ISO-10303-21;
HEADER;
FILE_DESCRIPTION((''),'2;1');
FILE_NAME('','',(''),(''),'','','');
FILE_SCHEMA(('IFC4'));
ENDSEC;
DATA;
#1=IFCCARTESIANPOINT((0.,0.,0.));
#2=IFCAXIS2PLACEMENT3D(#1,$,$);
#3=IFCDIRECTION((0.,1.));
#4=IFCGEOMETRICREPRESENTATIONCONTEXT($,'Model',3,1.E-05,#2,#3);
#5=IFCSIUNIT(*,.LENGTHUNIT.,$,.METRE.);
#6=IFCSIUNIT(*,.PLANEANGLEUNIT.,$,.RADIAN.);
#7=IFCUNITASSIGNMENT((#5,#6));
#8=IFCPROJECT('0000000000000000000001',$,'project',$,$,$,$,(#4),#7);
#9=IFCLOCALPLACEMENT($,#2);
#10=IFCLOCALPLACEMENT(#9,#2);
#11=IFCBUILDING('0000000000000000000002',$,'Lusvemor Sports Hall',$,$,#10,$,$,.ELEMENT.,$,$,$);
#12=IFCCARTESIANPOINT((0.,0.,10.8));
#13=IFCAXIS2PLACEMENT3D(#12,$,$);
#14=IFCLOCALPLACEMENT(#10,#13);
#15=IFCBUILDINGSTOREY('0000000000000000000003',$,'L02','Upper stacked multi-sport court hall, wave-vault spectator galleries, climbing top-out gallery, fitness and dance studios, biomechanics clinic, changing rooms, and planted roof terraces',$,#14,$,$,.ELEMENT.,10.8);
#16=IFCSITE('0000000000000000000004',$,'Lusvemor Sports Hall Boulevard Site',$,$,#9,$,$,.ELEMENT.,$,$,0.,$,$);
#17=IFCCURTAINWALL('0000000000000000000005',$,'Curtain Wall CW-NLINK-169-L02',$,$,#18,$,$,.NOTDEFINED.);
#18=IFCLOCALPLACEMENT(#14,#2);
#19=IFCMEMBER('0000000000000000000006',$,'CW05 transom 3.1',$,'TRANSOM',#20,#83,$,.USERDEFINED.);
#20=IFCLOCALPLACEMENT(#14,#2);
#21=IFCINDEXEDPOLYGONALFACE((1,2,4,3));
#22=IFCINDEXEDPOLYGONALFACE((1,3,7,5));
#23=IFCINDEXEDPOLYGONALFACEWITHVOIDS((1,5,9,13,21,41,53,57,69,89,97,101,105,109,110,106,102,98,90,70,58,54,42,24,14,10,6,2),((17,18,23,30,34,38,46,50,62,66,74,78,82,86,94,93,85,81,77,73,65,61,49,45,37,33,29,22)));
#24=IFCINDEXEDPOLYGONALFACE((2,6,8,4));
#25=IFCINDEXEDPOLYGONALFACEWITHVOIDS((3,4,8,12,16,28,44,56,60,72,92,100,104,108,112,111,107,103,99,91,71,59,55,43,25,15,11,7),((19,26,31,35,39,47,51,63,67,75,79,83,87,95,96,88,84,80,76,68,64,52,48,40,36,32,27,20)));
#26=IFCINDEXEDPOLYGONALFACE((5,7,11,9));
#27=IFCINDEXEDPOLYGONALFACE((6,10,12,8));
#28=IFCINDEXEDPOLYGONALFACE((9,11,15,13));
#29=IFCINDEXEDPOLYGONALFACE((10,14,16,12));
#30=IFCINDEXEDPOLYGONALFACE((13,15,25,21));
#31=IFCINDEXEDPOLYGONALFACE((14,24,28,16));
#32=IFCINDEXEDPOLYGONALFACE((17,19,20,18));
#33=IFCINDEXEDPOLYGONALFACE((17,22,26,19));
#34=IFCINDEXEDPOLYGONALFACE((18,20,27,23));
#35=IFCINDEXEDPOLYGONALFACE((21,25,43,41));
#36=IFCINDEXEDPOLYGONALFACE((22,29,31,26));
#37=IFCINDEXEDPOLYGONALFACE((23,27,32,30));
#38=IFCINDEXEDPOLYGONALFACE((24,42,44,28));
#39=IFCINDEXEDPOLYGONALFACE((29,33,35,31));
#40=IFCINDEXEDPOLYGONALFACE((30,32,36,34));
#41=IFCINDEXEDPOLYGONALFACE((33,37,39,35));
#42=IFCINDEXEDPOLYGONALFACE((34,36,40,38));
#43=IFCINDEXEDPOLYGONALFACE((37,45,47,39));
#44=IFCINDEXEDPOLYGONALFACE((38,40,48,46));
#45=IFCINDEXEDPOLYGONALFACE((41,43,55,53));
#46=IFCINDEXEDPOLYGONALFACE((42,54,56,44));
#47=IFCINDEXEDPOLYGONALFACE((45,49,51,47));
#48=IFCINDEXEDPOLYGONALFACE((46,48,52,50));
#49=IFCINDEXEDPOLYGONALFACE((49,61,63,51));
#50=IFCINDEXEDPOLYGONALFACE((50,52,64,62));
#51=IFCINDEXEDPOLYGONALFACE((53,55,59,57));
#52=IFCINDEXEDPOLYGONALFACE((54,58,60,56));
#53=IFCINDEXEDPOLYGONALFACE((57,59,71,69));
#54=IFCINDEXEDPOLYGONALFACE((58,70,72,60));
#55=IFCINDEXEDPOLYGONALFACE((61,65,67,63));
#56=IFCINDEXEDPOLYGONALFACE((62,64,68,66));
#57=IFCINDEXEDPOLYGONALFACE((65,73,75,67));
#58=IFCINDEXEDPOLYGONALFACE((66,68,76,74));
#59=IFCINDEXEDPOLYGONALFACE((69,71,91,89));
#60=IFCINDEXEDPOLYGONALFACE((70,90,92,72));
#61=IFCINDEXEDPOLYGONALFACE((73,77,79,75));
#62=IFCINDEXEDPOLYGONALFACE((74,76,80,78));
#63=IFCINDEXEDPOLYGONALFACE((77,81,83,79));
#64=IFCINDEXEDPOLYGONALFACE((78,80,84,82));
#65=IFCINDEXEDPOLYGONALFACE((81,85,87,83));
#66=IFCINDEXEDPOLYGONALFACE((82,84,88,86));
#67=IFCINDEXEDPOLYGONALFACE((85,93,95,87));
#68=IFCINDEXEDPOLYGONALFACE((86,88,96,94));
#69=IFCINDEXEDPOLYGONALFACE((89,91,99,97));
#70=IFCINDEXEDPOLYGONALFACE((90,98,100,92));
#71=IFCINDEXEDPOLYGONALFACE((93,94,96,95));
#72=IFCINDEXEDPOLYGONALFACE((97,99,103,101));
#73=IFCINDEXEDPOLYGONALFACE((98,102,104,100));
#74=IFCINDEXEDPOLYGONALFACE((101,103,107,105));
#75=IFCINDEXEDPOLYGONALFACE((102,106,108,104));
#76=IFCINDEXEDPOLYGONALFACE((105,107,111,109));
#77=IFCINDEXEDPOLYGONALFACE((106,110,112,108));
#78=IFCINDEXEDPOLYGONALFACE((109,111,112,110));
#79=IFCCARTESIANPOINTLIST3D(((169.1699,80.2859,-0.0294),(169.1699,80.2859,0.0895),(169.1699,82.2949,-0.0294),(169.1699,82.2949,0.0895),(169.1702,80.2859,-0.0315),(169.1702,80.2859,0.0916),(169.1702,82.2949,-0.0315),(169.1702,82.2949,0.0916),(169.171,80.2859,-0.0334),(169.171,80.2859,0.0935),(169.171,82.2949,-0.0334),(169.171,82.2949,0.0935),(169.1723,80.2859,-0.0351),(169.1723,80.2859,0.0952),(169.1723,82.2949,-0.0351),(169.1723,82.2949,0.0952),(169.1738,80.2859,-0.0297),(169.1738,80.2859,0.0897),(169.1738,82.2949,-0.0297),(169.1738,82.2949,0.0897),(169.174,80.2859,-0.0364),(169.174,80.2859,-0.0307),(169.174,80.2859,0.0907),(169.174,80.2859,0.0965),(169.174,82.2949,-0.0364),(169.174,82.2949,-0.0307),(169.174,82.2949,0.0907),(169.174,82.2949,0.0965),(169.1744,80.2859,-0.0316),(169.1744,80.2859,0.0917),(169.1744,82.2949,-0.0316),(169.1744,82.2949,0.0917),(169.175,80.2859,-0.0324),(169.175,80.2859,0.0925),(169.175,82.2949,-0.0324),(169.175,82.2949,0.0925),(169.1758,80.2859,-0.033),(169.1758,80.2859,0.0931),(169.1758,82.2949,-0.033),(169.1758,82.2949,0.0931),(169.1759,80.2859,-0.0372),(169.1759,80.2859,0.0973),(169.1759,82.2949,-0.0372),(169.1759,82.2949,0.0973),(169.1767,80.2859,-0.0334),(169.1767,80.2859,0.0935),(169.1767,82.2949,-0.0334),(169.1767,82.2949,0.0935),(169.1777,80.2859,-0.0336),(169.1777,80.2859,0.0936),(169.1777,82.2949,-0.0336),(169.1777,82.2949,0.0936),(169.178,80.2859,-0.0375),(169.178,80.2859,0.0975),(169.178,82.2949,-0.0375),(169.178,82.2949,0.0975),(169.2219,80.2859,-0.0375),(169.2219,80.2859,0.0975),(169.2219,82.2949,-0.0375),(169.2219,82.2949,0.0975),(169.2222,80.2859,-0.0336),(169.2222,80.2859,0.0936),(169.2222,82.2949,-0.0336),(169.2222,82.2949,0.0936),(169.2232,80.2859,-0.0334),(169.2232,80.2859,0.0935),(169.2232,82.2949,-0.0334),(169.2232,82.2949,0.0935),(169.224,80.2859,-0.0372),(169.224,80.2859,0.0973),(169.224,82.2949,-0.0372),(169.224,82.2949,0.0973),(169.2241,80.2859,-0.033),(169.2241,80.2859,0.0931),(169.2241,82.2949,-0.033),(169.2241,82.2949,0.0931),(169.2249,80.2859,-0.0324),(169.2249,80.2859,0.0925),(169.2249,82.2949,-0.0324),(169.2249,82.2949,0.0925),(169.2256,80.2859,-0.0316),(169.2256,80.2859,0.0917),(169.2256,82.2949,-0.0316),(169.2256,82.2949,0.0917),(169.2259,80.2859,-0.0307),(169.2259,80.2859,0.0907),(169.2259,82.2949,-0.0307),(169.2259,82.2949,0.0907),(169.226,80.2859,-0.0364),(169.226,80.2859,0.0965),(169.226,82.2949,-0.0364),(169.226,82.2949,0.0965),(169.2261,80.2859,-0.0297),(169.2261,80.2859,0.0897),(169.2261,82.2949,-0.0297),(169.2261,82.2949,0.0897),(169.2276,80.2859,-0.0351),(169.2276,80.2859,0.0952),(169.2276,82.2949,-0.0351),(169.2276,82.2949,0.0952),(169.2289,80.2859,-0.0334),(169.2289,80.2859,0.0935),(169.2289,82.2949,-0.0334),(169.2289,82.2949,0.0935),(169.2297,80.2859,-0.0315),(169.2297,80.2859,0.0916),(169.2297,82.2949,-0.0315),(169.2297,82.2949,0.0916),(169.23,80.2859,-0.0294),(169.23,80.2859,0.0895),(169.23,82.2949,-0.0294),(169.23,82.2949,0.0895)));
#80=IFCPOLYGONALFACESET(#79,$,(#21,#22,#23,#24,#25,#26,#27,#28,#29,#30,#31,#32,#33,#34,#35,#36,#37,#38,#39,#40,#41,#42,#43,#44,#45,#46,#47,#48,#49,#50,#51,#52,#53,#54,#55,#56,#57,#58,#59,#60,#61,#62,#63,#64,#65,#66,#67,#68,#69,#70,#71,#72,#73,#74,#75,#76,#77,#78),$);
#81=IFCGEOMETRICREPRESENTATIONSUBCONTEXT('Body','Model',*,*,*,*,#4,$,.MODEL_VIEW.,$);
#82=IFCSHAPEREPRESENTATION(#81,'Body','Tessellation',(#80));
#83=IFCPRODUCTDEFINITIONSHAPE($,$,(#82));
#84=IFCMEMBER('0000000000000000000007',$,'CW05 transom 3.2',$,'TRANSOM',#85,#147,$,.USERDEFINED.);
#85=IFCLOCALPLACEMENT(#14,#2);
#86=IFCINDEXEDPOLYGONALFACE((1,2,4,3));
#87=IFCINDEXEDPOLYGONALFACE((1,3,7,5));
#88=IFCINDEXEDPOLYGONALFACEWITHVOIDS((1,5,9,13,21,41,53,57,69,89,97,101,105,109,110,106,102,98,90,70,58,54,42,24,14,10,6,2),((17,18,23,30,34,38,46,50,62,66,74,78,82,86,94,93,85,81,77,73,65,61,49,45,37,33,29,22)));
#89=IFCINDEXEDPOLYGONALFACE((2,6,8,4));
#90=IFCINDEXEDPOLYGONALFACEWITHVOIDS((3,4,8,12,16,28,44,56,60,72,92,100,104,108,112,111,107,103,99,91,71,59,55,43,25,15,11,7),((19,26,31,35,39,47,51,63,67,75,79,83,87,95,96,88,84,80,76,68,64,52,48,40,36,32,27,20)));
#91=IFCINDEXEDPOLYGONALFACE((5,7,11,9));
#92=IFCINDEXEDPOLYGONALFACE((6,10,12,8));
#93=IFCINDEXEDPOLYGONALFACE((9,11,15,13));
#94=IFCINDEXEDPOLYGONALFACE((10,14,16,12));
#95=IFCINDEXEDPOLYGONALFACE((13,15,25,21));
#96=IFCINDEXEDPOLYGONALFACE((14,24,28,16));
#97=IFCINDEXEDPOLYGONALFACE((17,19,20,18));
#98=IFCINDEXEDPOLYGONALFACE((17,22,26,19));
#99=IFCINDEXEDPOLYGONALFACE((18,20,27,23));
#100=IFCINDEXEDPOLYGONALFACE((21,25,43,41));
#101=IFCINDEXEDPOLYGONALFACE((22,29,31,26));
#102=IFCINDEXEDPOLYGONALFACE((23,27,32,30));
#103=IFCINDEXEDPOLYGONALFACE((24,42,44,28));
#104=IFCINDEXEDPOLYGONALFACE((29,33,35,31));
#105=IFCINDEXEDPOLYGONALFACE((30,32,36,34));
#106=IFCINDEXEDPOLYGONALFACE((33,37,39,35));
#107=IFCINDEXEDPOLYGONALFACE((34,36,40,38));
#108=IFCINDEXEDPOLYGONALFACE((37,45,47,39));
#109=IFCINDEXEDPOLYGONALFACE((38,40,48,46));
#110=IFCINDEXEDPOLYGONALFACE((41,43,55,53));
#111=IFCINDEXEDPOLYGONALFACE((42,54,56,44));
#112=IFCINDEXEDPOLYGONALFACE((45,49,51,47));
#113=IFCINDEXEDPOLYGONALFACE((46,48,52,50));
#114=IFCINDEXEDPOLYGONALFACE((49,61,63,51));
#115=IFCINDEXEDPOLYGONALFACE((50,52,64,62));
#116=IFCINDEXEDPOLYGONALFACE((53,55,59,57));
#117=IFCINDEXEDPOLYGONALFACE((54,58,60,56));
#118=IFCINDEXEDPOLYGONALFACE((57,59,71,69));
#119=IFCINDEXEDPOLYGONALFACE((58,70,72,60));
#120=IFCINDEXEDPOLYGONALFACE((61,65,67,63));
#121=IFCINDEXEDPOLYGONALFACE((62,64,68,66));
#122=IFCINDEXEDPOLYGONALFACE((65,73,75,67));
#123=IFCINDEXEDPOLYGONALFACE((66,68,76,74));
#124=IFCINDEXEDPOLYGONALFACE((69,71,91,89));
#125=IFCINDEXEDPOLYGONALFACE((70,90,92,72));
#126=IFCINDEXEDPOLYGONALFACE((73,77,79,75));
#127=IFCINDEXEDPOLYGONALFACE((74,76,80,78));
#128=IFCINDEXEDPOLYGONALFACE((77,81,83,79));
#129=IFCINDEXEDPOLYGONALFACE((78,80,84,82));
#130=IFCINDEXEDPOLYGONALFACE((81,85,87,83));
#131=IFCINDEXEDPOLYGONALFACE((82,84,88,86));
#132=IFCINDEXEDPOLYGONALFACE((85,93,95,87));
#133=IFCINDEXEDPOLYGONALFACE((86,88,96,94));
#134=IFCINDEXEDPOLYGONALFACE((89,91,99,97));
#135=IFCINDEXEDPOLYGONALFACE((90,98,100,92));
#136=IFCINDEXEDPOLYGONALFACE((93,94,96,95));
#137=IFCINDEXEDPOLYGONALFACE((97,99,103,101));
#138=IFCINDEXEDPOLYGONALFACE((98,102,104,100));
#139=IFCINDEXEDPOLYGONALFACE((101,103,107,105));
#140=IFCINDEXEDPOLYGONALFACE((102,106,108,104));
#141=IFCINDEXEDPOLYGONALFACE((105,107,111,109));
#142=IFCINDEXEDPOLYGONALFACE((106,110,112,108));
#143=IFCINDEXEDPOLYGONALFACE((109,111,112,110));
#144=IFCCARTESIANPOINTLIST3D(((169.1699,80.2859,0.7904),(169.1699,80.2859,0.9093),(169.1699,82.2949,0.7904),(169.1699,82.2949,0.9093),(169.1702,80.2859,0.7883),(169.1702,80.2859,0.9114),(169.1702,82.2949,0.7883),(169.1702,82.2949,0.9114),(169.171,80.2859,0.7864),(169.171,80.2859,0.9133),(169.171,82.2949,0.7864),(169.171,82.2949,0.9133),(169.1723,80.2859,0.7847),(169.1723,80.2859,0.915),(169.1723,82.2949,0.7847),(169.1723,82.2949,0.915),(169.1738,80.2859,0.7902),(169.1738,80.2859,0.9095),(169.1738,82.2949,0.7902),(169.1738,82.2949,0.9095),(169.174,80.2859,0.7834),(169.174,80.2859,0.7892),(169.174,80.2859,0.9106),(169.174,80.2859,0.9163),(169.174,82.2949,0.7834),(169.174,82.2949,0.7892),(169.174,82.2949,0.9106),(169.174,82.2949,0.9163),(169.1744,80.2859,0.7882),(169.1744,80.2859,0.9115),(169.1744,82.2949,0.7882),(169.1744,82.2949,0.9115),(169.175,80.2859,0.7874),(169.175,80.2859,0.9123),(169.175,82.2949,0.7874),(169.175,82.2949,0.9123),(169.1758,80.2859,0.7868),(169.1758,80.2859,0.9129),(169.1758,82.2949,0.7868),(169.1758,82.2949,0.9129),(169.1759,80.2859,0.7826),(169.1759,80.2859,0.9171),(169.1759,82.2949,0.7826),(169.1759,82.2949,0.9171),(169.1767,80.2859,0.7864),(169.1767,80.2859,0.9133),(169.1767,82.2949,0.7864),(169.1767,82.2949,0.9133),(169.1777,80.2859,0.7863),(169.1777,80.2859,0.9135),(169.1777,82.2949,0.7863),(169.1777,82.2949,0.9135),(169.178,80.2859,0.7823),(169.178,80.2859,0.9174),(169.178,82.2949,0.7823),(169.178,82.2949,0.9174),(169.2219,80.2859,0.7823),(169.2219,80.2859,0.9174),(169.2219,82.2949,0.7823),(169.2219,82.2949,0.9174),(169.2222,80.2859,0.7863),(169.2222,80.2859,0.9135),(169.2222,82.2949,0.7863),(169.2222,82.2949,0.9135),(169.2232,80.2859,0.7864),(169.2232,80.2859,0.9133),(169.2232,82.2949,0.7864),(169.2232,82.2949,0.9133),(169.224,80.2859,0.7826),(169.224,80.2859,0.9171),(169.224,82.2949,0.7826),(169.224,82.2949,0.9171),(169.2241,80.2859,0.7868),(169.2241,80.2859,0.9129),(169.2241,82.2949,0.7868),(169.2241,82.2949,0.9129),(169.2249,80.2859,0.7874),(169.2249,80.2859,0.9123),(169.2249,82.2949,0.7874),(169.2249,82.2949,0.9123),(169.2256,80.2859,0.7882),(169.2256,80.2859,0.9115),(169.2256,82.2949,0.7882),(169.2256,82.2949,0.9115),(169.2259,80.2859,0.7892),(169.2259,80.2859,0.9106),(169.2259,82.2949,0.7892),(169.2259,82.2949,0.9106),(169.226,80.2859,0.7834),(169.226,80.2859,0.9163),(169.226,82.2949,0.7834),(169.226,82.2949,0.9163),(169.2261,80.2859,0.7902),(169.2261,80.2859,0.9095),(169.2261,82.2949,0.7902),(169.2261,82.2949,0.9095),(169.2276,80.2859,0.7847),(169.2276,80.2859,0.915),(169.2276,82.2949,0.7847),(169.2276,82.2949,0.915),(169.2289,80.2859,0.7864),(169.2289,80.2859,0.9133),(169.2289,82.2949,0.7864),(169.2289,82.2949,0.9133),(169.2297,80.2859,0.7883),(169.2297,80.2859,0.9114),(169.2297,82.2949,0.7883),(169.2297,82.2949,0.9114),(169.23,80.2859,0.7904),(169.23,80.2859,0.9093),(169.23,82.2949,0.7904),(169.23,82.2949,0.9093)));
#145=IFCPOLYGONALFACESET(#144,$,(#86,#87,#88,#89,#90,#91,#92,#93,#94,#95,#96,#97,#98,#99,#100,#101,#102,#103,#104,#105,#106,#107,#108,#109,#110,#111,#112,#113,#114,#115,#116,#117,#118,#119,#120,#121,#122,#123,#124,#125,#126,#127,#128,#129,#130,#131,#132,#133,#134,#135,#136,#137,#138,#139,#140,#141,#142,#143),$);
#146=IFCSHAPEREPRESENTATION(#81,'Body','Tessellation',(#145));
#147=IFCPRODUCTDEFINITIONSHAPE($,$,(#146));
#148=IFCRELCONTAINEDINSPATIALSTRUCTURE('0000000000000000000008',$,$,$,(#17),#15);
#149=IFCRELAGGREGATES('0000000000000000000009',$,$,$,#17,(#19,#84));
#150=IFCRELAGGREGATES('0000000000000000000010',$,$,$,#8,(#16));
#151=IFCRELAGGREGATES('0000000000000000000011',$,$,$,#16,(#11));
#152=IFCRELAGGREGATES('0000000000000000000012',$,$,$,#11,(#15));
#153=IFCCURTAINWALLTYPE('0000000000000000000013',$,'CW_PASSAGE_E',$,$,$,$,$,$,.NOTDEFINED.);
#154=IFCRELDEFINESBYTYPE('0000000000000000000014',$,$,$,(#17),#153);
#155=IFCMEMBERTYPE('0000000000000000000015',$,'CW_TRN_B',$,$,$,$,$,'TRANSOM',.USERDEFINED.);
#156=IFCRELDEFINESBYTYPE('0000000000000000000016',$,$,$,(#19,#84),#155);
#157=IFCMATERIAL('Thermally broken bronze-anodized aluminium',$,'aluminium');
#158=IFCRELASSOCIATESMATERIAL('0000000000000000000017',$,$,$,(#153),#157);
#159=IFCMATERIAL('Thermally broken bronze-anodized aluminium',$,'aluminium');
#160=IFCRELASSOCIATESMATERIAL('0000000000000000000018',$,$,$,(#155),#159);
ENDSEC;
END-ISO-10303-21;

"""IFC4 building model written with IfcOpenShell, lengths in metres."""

from ifc_helpers import new_model, si_unit, direction, frame, origin, origin_2d, place, context, subcontext, project, spatial, hollow_rectangle, extrude, material, material_profile, profile_set, type_object, element, aggregate, save


model = new_model("IFC4")

# Units and contexts
model_context = context("Model", 3, precision=1e-05, world=origin(), true_north=direction((0.0, 1.0)))
body_context = subcontext(model_context, "Body", "Model", "MODEL_VIEW")
ifc_project = project(units=[si_unit("LENGTHUNIT", "METRE"), si_unit("PLANEANGLEUNIT", "RADIAN")], contexts=[model_context])

# Site, building, storey
site_placement = place(None, origin())
site = spatial("IfcSite", under=ifc_project, at=site_placement, Name="Lusvemor Sports Hall Boulevard Site", CompositionType="ELEMENT", RefElevation=0.0)
building_placement = place(site_placement, origin())
building = spatial("IfcBuilding", under=site, at=building_placement, Name="Lusvemor Sports Hall", CompositionType="ELEMENT")
storey_placement = place(building_placement, frame((0.0, 0.0, 10.8)))
storey = spatial("IfcBuildingStorey", under=building, at=storey_placement, Name="L02", Description="Upper stacked multi-sport court hall, wave-vault spectator galleries, climbing top-out gallery, fitness and dance studios, biomechanics clinic, changing rooms, and planted roof terraces", CompositionType="ELEMENT", Elevation=10.8)

# Curtain wall, members
ifc_material_1 = material(Name="Thermally broken bronze-anodized aluminium", Category="aluminium")
curtain_wall_type = type_object("IfcCurtainWallType", Name="CW_PASSAGE_E", PredefinedType="NOTDEFINED", material=ifc_material_1)
curtain_wall_placement = place(storey_placement, origin())
curtain_wall = element("IfcCurtainWall", 1, at=curtain_wall_placement, inside=storey, type_object=curtain_wall_type, Name="Curtain Wall CW-NLINK-169-L02", PredefinedType="NOTDEFINED")
ifc_material_2 = material(Name="Thermally broken bronze-anodized aluminium", Category="aluminium")
ifc_material_profile_1 = material_profile(ifc_material_2, hollow_rectangle(XDim=0.0601, YDim=0.135, WallThickness=0.0039, InnerFilletRadius=0.0039, OuterFilletRadius=0.0081, at=origin_2d()), Name="CWTRN135x60x4")
ifc_profile_set_1 = profile_set([ifc_material_profile_1], Name="Thermally broken bronze-anodized aluminium")
member_type_1 = type_object("IfcMemberType", Name="CW_TRN_B", ElementType="TRANSOM", PredefinedType="USERDEFINED", material=ifc_profile_set_1)
member_1_placement = place(storey_placement, frame((169.2, 80.2859, 0.03), z_axis=(0.0, 1.0, 0.0), x_axis=(-1.0, 0.0, 0.0)))
member_1 = element("IfcMember", 2, at=member_1_placement, type_object=member_type_1, Name="CW05 transom 3.1", ObjectType="TRANSOM", PredefinedType="USERDEFINED", context=body_context, shape_type="SweptSolid", body=[
    extrude(hollow_rectangle(XDim=0.0601, YDim=0.135, WallThickness=0.0039, InnerFilletRadius=0.0039, OuterFilletRadius=0.0081, at=origin_2d()), origin(), (0.0, 0.0, 1.0), 2.009),
])
member_2_placement = place(storey_placement, frame((169.2, 80.2859, 0.8499), z_axis=(0.0, 1.0, 0.0), x_axis=(-1.0, 0.0, 0.0)))
member_2 = element("IfcMember", 3, at=member_2_placement, type_object=member_type_1, Name="CW05 transom 3.2", ObjectType="TRANSOM", PredefinedType="USERDEFINED", context=body_context, shape_type="SweptSolid", body=[
    extrude(hollow_rectangle(XDim=0.0601, YDim=0.135, WallThickness=0.0039, InnerFilletRadius=0.0039, OuterFilletRadius=0.0081, at=origin_2d()), origin(), (0.0, 0.0, 1.0), 2.009),
])

aggregate(curtain_wall, [member_1, member_2])

save(model, "model.ifc")
